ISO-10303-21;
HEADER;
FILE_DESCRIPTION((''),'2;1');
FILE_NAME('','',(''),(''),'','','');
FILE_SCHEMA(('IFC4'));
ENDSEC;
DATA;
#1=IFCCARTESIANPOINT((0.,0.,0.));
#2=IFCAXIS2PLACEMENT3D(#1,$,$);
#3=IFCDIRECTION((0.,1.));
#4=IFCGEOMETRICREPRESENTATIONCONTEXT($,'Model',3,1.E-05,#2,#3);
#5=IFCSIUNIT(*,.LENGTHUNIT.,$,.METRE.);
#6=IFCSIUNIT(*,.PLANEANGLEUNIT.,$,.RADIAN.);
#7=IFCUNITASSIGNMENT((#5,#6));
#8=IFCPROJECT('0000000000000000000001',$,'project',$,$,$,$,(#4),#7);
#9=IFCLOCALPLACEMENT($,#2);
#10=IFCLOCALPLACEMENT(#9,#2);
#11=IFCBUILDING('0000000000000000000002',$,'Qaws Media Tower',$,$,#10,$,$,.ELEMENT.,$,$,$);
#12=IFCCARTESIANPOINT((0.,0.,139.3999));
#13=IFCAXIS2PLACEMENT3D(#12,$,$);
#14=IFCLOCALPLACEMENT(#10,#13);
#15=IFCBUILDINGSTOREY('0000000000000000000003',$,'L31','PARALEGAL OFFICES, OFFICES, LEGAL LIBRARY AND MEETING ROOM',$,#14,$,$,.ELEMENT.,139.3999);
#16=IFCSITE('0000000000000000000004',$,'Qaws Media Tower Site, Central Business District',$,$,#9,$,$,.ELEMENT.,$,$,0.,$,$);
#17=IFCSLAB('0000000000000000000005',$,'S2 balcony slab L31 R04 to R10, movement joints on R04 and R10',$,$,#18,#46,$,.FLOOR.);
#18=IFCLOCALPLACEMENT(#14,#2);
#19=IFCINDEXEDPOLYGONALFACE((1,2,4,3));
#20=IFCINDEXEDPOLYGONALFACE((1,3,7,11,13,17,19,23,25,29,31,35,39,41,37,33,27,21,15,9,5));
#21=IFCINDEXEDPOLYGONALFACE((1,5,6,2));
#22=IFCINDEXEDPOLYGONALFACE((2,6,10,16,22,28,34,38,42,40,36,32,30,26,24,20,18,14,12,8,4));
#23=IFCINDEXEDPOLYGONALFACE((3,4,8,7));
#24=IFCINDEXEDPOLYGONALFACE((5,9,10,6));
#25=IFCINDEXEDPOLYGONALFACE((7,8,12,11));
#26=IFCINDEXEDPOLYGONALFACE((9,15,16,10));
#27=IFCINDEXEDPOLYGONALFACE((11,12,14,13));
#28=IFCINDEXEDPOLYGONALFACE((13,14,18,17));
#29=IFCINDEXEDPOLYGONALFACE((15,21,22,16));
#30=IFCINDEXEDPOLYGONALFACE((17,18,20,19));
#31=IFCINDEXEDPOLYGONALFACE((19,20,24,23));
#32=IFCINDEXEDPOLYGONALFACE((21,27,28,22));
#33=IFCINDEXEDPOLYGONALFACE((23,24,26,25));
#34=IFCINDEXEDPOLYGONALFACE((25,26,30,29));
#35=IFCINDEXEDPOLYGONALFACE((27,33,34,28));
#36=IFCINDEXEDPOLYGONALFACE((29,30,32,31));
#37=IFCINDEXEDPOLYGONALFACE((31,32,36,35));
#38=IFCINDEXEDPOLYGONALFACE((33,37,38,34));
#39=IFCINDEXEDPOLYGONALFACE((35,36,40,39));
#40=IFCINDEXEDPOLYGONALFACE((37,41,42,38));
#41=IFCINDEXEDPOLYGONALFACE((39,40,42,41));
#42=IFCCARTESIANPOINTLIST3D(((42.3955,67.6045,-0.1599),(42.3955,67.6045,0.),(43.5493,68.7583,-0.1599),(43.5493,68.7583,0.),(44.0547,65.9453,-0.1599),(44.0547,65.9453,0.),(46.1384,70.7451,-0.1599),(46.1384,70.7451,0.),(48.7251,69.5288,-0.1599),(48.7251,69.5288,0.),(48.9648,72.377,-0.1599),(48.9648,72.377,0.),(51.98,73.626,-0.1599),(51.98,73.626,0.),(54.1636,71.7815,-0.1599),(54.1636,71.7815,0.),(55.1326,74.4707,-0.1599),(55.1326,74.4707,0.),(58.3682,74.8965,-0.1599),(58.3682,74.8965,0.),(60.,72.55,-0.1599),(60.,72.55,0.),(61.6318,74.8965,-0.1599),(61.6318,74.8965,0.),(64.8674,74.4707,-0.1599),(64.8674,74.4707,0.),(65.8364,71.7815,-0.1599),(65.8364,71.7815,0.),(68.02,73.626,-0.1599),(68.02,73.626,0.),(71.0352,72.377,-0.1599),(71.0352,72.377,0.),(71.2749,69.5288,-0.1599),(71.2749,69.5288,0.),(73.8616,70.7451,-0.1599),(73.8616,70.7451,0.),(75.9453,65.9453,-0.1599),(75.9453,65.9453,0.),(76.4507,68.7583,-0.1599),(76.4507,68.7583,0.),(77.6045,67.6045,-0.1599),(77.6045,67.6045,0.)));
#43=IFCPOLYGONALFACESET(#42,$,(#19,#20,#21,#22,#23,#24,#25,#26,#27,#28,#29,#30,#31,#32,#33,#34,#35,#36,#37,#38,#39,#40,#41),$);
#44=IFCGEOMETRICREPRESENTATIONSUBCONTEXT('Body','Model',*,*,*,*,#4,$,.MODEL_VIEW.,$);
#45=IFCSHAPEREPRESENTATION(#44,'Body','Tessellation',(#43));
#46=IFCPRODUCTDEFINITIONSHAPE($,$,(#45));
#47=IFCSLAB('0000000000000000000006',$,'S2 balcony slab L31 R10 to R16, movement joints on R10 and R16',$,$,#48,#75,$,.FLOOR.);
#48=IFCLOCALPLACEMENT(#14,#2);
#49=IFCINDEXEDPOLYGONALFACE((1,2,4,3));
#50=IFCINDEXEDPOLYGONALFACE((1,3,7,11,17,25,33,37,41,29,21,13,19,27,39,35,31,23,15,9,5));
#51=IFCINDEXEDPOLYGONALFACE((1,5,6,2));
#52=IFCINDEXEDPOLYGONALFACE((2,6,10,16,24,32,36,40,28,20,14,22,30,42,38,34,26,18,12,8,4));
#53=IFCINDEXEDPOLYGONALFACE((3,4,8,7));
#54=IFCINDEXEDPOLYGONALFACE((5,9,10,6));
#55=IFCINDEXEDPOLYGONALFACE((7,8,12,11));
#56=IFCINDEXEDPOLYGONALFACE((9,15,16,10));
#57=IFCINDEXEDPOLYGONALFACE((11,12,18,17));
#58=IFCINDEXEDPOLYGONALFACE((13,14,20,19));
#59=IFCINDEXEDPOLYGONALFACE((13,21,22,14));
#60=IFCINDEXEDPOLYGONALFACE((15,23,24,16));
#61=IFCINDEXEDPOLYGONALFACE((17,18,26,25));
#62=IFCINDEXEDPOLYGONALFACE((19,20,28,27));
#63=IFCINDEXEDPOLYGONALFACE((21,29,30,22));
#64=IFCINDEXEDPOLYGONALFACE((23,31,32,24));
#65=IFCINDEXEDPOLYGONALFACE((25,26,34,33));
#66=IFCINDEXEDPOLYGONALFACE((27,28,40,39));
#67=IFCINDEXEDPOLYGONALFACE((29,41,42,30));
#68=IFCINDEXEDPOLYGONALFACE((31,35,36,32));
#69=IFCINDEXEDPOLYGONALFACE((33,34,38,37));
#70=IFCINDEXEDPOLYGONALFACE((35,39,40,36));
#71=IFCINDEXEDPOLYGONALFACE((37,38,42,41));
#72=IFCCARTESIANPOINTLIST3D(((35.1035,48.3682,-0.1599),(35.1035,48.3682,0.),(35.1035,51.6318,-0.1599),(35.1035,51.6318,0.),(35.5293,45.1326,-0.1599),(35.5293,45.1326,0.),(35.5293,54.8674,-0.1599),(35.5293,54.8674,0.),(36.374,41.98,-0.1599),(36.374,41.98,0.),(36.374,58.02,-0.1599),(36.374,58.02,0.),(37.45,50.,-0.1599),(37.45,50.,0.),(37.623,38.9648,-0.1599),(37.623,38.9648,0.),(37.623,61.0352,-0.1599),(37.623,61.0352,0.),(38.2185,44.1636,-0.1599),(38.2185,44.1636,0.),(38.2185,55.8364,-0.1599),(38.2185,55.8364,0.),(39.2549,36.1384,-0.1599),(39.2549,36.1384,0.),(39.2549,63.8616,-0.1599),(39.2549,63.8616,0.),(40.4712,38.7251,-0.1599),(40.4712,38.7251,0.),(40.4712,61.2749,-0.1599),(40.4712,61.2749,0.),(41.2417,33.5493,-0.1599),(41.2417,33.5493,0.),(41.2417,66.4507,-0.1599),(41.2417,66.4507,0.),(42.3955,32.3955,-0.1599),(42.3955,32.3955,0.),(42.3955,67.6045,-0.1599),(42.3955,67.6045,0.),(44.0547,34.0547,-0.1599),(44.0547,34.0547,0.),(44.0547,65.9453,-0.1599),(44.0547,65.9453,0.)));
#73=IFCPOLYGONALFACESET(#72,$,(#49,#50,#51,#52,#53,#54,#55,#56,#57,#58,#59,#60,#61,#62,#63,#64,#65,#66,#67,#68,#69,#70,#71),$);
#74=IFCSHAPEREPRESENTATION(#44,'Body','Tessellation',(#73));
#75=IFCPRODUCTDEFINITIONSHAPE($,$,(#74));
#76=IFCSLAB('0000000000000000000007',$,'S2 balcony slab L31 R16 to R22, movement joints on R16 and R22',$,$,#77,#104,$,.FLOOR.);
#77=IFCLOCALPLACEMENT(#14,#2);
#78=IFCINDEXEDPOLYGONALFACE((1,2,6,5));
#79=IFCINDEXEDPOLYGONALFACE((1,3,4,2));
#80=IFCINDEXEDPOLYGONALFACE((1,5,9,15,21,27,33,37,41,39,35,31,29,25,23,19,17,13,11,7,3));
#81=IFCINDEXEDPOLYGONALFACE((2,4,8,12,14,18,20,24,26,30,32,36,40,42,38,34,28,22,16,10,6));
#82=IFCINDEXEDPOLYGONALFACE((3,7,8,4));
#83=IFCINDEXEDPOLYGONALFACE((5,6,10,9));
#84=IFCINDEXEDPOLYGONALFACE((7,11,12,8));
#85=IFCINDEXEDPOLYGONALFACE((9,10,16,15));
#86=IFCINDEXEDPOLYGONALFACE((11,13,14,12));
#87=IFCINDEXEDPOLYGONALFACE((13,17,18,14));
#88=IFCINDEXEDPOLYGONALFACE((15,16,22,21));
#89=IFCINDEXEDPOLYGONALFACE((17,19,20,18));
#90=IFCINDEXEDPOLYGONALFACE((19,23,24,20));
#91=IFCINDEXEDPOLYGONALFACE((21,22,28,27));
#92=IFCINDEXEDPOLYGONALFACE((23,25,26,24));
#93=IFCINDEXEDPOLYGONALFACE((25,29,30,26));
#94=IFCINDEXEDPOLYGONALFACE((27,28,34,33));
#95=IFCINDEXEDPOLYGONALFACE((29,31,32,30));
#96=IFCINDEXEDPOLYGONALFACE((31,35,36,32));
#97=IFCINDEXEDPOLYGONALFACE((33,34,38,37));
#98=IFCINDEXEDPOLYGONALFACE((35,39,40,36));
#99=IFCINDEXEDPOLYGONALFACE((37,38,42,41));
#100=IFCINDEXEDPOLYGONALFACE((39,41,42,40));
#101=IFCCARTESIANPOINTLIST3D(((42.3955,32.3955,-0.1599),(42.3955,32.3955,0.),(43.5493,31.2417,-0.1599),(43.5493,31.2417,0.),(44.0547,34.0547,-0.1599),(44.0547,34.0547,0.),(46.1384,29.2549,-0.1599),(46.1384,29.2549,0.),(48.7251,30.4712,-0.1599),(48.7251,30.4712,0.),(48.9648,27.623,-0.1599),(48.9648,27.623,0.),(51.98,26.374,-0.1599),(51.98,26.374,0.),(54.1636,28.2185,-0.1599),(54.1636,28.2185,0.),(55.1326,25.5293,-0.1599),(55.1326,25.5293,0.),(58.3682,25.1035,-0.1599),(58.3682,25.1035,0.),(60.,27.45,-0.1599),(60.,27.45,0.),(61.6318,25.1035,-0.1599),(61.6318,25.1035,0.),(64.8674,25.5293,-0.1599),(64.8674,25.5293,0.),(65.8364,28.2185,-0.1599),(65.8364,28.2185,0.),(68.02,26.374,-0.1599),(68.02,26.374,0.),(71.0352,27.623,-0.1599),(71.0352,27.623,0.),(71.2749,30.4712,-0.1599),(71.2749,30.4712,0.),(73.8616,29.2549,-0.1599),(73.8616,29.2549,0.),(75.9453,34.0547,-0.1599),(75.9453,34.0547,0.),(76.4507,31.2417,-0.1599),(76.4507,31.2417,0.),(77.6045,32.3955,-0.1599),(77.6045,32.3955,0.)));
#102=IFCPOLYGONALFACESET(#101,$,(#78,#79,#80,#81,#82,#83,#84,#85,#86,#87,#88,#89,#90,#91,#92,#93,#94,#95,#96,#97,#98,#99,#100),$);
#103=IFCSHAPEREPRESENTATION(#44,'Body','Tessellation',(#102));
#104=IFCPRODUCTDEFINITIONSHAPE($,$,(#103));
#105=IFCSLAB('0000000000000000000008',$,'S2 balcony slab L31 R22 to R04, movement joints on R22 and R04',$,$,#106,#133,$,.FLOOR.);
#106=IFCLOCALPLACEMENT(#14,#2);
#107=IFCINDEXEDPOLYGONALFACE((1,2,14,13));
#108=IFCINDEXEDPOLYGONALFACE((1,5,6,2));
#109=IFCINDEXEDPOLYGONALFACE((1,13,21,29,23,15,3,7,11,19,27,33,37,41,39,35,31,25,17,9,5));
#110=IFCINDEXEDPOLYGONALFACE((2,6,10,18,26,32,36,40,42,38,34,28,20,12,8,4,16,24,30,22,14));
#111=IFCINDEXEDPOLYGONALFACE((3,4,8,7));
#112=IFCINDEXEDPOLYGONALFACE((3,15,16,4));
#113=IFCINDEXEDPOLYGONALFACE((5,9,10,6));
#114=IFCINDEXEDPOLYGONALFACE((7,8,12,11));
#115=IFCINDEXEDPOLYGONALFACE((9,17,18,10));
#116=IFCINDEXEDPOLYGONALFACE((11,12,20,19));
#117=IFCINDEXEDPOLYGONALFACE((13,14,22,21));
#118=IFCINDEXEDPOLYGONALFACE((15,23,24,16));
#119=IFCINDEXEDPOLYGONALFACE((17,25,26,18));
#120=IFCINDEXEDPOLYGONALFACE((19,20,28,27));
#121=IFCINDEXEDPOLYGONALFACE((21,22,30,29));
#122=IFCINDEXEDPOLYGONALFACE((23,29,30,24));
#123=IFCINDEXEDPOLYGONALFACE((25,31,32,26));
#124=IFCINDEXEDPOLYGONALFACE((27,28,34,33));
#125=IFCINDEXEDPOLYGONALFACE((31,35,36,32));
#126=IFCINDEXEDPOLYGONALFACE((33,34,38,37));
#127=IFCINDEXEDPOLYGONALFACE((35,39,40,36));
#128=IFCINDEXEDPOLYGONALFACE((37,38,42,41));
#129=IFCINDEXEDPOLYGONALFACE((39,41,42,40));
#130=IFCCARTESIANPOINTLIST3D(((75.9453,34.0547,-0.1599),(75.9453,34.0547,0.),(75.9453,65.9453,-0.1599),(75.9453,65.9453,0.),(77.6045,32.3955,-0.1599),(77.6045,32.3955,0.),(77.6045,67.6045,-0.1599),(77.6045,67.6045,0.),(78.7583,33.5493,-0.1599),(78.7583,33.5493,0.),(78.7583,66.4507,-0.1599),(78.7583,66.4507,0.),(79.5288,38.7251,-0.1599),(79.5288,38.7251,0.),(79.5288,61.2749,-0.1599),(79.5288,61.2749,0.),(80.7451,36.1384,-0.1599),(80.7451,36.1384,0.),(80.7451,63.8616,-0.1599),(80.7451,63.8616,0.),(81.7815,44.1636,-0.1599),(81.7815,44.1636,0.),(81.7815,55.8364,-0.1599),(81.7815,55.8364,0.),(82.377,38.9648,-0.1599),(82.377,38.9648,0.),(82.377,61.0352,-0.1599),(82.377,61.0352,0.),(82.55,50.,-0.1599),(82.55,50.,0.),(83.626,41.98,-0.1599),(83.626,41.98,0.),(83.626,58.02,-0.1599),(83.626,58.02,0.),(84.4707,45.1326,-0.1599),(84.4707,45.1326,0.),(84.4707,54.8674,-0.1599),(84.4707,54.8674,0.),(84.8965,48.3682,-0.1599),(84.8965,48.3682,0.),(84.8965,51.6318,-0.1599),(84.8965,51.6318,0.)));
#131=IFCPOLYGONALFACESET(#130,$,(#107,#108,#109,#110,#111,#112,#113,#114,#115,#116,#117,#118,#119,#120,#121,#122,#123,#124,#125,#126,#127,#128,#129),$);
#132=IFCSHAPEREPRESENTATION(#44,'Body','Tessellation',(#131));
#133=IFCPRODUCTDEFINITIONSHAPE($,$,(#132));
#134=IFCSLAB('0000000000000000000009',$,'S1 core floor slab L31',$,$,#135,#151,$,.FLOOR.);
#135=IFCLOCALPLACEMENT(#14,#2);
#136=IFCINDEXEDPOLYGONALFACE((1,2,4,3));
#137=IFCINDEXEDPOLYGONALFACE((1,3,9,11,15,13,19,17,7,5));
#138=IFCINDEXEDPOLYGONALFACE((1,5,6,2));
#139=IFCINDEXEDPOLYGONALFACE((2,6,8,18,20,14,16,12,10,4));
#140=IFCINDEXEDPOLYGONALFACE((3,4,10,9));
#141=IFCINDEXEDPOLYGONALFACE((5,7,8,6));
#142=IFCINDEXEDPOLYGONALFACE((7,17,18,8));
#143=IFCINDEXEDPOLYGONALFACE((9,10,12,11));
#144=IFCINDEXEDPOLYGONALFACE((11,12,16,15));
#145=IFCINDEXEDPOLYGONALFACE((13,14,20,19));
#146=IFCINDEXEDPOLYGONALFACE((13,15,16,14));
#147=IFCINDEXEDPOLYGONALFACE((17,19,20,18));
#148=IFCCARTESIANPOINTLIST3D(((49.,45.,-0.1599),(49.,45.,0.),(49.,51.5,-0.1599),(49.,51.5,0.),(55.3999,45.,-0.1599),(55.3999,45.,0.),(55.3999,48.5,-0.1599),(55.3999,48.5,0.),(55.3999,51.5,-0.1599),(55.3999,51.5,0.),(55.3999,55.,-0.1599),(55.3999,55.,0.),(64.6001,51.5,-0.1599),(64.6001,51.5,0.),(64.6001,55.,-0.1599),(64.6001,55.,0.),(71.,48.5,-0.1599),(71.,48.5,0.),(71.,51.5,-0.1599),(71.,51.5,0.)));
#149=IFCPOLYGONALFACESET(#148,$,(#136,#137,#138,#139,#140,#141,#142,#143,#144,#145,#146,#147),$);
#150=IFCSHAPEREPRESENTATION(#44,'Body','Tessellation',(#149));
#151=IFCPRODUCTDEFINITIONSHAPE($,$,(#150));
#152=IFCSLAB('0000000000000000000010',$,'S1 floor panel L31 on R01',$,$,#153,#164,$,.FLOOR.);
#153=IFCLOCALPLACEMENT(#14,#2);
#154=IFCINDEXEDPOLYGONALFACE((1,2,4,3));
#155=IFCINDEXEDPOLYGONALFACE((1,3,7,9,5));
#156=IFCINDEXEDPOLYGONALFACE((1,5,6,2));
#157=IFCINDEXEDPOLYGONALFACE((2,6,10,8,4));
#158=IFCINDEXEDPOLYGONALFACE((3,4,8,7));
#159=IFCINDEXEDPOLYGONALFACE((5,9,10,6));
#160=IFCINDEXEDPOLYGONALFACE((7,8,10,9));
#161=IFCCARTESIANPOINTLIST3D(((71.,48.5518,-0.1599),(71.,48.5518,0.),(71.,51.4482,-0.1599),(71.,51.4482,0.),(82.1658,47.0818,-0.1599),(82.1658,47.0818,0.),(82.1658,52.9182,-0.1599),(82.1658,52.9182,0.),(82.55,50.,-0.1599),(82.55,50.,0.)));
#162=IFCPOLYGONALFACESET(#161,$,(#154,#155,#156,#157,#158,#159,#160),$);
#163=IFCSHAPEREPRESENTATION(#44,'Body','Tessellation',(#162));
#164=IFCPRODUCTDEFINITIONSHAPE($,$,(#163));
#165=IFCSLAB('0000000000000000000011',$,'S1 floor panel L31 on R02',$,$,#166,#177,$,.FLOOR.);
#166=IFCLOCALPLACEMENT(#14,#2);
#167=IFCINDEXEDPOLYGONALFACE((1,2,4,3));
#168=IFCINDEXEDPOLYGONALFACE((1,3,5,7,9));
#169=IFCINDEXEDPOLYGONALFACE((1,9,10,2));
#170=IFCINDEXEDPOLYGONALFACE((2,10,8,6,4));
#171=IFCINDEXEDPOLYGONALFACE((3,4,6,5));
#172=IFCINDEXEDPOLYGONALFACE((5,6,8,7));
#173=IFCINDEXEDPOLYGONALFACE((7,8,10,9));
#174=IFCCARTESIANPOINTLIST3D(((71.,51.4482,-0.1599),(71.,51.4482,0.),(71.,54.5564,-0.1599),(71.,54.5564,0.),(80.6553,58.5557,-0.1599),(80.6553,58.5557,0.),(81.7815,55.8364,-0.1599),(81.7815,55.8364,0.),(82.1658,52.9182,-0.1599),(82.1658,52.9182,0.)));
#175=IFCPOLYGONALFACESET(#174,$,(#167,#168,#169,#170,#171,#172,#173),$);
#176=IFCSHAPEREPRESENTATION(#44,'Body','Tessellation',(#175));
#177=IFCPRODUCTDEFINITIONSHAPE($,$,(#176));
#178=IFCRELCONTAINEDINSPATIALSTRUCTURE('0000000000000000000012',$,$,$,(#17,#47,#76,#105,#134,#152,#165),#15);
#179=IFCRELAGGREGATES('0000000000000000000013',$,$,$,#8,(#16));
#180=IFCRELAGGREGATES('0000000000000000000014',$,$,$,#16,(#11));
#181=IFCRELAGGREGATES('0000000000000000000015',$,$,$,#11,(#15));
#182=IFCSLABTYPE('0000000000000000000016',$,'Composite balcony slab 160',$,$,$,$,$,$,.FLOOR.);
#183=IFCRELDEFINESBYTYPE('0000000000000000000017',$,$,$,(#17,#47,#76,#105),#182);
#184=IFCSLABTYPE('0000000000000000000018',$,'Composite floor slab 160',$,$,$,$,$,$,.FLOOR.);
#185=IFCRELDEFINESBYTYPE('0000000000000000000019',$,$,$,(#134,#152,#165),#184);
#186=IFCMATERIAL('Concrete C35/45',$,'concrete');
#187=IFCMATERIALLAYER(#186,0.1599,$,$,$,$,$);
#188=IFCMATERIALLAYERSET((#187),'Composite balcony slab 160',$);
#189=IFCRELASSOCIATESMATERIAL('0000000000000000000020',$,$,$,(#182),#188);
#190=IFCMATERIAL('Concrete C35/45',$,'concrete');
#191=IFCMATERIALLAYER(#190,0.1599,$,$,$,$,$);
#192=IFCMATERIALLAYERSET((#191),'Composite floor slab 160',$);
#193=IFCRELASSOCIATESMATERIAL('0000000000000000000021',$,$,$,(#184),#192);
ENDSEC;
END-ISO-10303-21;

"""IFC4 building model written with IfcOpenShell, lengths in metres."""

from ifc_helpers import new_model, si_unit, direction, frame, origin, place, context, subcontext, project, spatial, polyline, outline, extrude, material, layer, layer_set, type_object, element, save


model = new_model("IFC4")

# Units and contexts
model_context = context("Model", 3, precision=1e-05, world=origin(), true_north=direction((0.0, 1.0)))
body_context = subcontext(model_context, "Body", "Model", "MODEL_VIEW")
ifc_project = project(units=[si_unit("LENGTHUNIT", "METRE"), si_unit("PLANEANGLEUNIT", "RADIAN")], contexts=[model_context])

# Site, building, storey
site_placement = place(None, origin())
site = spatial("IfcSite", under=ifc_project, at=site_placement, Name="Qaws Media Tower Site, Central Business District", CompositionType="ELEMENT", RefElevation=0.0)
building_placement = place(site_placement, origin())
building = spatial("IfcBuilding", under=site, at=building_placement, Name="Qaws Media Tower", CompositionType="ELEMENT")
storey_placement = place(building_placement, frame((0.0, 0.0, 139.3999)))
storey = spatial("IfcBuildingStorey", under=building, at=storey_placement, Name="L31", Description="PARALEGAL OFFICES, OFFICES, LEGAL LIBRARY AND MEETING ROOM", CompositionType="ELEMENT", Elevation=139.3999)

# Slabs
ifc_material_1 = material(Name="Concrete C35/45", Category="concrete")
ifc_layer_1 = layer(ifc_material_1, 0.1599)
ifc_layer_set_1 = layer_set([ifc_layer_1], Name="Composite balcony slab 160")
slab_type_1 = type_object("IfcSlabType", Name="Composite balcony slab 160", PredefinedType="FLOOR", material=ifc_layer_set_1)
slab_1_placement = place(storey_placement, frame((0.0, 0.0, -0.1599)))
element("IfcSlab", 1, at=slab_1_placement, inside=storey, type_object=slab_type_1, Name="S2 balcony slab L31 R04 to R10, movement joints on R04 and R10", PredefinedType="FLOOR", context=body_context, shape_type="SweptSolid", body=[
    extrude(outline(polyline([(43.5493, 68.7583), (46.1384, 70.7451), (48.9648, 72.377), (51.98, 73.626), (55.1326, 74.4707), (58.3682, 74.8965), (61.6318, 74.8965), (64.8674, 74.4707), (68.02, 73.626), (71.0352, 72.377), (73.8616, 70.7451), (76.4507, 68.7583), (77.6045, 67.6045), (75.9453, 65.9453), (71.2749, 69.5288), (65.8364, 71.7815), (60.0, 72.55), (54.1636, 71.7815), (48.7251, 69.5288), (44.0547, 65.9453), (42.3955, 67.6045), (43.5493, 68.7583)])), origin(), (0.0, 0.0, 1.0), 0.1599),
])
slab_2_placement = place(storey_placement, frame((0.0, 0.0, -0.1599)))
element("IfcSlab", 2, at=slab_2_placement, inside=storey, type_object=slab_type_1, Name="S2 balcony slab L31 R10 to R16, movement joints on R10 and R16", PredefinedType="FLOOR", context=body_context, shape_type="SweptSolid", body=[
    extrude(outline(polyline([(41.2417, 33.5493), (39.2549, 36.1384), (37.623, 38.9648), (36.374, 41.98), (35.5293, 45.1326), (35.1035, 48.3682), (35.1035, 51.6318), (35.5293, 54.8674), (36.374, 58.02), (37.623, 61.0352), (39.2549, 63.8616), (41.2417, 66.4507), (42.3955, 67.6045), (44.0547, 65.9453), (40.4712, 61.2749), (38.2185, 55.8364), (37.45, 50.0), (38.2185, 44.1636), (40.4712, 38.7251), (44.0547, 34.0547), (42.3955, 32.3955), (41.2417, 33.5493)])), origin(), (0.0, 0.0, 1.0), 0.1599),
])
slab_3_placement = place(storey_placement, frame((0.0, 0.0, -0.1599)))
element("IfcSlab", 3, at=slab_3_placement, inside=storey, type_object=slab_type_1, Name="S2 balcony slab L31 R16 to R22, movement joints on R16 and R22", PredefinedType="FLOOR", context=body_context, shape_type="SweptSolid", body=[
    extrude(outline(polyline([(76.4507, 31.2417), (73.8616, 29.2549), (71.0352, 27.623), (68.02, 26.374), (64.8674, 25.5293), (61.6318, 25.1035), (58.3682, 25.1035), (55.1326, 25.5293), (51.98, 26.374), (48.9648, 27.623), (46.1384, 29.2549), (43.5493, 31.2417), (42.3955, 32.3955), (44.0547, 34.0547), (48.7251, 30.4712), (54.1636, 28.2185), (60.0, 27.45), (65.8364, 28.2185), (71.2749, 30.4712), (75.9453, 34.0547), (77.6045, 32.3955), (76.4507, 31.2417)])), origin(), (0.0, 0.0, 1.0), 0.1599),
])
slab_4_placement = place(storey_placement, frame((0.0, 0.0, -0.1599)))
element("IfcSlab", 4, at=slab_4_placement, inside=storey, type_object=slab_type_1, Name="S2 balcony slab L31 R22 to R04, movement joints on R22 and R04", PredefinedType="FLOOR", context=body_context, shape_type="SweptSolid", body=[
    extrude(outline(polyline([(84.4707, 45.1326), (83.626, 41.98), (82.377, 38.9648), (80.7451, 36.1384), (78.7583, 33.5493), (77.6045, 32.3955), (75.9453, 34.0547), (79.5288, 38.7251), (81.7815, 44.1636), (82.55, 50.0), (81.7815, 55.8364), (79.5288, 61.2749), (75.9453, 65.9453), (77.6045, 67.6045), (78.7583, 66.4507), (80.7451, 63.8616), (82.377, 61.0352), (83.626, 58.02), (84.4707, 54.8674), (84.8965, 51.6318), (84.8965, 48.3682), (84.4707, 45.1326)])), origin(), (0.0, 0.0, 1.0), 0.1599),
])
ifc_material_2 = material(Name="Concrete C35/45", Category="concrete")
ifc_layer_2 = layer(ifc_material_2, 0.1599)
ifc_layer_set_2 = layer_set([ifc_layer_2], Name="Composite floor slab 160")
slab_type_2 = type_object("IfcSlabType", Name="Composite floor slab 160", PredefinedType="FLOOR", material=ifc_layer_set_2)
slab_5_placement = place(storey_placement, frame((0.0, 0.0, -0.1599)))
element("IfcSlab", 5, at=slab_5_placement, inside=storey, type_object=slab_type_2, Name="S1 core floor slab L31", PredefinedType="FLOOR", context=body_context, shape_type="SweptSolid", body=[
    extrude(outline(polyline([(71.0, 51.5), (71.0, 48.5), (55.3999, 48.5), (55.3999, 45.0), (49.0, 45.0), (49.0, 51.5), (55.3999, 51.5), (55.3999, 55.0), (64.6001, 55.0), (64.6001, 51.5), (71.0, 51.5)])), origin(), (0.0, 0.0, 1.0), 0.1599),
])
slab_6_placement = place(storey_placement, frame((0.0, 0.0, -0.1599)))
element("IfcSlab", 6, at=slab_6_placement, inside=storey, type_object=slab_type_2, Name="S1 floor panel L31 on R01", PredefinedType="FLOOR", context=body_context, shape_type="SweptSolid", body=[
    extrude(outline(polyline([(82.55, 50.0), (82.1658, 47.0818), (71.0, 48.5518), (71.0, 51.4482), (82.1658, 52.9182), (82.55, 50.0)])), origin(), (0.0, 0.0, 1.0), 0.1599),
])
slab_7_placement = place(storey_placement, frame((0.0, 0.0, -0.1599)))
element("IfcSlab", 7, at=slab_7_placement, inside=storey, type_object=slab_type_2, Name="S1 floor panel L31 on R02", PredefinedType="FLOOR", context=body_context, shape_type="SweptSolid", body=[
    extrude(outline(polyline([(81.7815, 55.8364), (82.1658, 52.9182), (71.0, 51.4482), (71.0, 54.5564), (80.6553, 58.5557), (81.7815, 55.8364)])), origin(), (0.0, 0.0, 1.0), 0.1599),
])

save(model, "model.ifc")
